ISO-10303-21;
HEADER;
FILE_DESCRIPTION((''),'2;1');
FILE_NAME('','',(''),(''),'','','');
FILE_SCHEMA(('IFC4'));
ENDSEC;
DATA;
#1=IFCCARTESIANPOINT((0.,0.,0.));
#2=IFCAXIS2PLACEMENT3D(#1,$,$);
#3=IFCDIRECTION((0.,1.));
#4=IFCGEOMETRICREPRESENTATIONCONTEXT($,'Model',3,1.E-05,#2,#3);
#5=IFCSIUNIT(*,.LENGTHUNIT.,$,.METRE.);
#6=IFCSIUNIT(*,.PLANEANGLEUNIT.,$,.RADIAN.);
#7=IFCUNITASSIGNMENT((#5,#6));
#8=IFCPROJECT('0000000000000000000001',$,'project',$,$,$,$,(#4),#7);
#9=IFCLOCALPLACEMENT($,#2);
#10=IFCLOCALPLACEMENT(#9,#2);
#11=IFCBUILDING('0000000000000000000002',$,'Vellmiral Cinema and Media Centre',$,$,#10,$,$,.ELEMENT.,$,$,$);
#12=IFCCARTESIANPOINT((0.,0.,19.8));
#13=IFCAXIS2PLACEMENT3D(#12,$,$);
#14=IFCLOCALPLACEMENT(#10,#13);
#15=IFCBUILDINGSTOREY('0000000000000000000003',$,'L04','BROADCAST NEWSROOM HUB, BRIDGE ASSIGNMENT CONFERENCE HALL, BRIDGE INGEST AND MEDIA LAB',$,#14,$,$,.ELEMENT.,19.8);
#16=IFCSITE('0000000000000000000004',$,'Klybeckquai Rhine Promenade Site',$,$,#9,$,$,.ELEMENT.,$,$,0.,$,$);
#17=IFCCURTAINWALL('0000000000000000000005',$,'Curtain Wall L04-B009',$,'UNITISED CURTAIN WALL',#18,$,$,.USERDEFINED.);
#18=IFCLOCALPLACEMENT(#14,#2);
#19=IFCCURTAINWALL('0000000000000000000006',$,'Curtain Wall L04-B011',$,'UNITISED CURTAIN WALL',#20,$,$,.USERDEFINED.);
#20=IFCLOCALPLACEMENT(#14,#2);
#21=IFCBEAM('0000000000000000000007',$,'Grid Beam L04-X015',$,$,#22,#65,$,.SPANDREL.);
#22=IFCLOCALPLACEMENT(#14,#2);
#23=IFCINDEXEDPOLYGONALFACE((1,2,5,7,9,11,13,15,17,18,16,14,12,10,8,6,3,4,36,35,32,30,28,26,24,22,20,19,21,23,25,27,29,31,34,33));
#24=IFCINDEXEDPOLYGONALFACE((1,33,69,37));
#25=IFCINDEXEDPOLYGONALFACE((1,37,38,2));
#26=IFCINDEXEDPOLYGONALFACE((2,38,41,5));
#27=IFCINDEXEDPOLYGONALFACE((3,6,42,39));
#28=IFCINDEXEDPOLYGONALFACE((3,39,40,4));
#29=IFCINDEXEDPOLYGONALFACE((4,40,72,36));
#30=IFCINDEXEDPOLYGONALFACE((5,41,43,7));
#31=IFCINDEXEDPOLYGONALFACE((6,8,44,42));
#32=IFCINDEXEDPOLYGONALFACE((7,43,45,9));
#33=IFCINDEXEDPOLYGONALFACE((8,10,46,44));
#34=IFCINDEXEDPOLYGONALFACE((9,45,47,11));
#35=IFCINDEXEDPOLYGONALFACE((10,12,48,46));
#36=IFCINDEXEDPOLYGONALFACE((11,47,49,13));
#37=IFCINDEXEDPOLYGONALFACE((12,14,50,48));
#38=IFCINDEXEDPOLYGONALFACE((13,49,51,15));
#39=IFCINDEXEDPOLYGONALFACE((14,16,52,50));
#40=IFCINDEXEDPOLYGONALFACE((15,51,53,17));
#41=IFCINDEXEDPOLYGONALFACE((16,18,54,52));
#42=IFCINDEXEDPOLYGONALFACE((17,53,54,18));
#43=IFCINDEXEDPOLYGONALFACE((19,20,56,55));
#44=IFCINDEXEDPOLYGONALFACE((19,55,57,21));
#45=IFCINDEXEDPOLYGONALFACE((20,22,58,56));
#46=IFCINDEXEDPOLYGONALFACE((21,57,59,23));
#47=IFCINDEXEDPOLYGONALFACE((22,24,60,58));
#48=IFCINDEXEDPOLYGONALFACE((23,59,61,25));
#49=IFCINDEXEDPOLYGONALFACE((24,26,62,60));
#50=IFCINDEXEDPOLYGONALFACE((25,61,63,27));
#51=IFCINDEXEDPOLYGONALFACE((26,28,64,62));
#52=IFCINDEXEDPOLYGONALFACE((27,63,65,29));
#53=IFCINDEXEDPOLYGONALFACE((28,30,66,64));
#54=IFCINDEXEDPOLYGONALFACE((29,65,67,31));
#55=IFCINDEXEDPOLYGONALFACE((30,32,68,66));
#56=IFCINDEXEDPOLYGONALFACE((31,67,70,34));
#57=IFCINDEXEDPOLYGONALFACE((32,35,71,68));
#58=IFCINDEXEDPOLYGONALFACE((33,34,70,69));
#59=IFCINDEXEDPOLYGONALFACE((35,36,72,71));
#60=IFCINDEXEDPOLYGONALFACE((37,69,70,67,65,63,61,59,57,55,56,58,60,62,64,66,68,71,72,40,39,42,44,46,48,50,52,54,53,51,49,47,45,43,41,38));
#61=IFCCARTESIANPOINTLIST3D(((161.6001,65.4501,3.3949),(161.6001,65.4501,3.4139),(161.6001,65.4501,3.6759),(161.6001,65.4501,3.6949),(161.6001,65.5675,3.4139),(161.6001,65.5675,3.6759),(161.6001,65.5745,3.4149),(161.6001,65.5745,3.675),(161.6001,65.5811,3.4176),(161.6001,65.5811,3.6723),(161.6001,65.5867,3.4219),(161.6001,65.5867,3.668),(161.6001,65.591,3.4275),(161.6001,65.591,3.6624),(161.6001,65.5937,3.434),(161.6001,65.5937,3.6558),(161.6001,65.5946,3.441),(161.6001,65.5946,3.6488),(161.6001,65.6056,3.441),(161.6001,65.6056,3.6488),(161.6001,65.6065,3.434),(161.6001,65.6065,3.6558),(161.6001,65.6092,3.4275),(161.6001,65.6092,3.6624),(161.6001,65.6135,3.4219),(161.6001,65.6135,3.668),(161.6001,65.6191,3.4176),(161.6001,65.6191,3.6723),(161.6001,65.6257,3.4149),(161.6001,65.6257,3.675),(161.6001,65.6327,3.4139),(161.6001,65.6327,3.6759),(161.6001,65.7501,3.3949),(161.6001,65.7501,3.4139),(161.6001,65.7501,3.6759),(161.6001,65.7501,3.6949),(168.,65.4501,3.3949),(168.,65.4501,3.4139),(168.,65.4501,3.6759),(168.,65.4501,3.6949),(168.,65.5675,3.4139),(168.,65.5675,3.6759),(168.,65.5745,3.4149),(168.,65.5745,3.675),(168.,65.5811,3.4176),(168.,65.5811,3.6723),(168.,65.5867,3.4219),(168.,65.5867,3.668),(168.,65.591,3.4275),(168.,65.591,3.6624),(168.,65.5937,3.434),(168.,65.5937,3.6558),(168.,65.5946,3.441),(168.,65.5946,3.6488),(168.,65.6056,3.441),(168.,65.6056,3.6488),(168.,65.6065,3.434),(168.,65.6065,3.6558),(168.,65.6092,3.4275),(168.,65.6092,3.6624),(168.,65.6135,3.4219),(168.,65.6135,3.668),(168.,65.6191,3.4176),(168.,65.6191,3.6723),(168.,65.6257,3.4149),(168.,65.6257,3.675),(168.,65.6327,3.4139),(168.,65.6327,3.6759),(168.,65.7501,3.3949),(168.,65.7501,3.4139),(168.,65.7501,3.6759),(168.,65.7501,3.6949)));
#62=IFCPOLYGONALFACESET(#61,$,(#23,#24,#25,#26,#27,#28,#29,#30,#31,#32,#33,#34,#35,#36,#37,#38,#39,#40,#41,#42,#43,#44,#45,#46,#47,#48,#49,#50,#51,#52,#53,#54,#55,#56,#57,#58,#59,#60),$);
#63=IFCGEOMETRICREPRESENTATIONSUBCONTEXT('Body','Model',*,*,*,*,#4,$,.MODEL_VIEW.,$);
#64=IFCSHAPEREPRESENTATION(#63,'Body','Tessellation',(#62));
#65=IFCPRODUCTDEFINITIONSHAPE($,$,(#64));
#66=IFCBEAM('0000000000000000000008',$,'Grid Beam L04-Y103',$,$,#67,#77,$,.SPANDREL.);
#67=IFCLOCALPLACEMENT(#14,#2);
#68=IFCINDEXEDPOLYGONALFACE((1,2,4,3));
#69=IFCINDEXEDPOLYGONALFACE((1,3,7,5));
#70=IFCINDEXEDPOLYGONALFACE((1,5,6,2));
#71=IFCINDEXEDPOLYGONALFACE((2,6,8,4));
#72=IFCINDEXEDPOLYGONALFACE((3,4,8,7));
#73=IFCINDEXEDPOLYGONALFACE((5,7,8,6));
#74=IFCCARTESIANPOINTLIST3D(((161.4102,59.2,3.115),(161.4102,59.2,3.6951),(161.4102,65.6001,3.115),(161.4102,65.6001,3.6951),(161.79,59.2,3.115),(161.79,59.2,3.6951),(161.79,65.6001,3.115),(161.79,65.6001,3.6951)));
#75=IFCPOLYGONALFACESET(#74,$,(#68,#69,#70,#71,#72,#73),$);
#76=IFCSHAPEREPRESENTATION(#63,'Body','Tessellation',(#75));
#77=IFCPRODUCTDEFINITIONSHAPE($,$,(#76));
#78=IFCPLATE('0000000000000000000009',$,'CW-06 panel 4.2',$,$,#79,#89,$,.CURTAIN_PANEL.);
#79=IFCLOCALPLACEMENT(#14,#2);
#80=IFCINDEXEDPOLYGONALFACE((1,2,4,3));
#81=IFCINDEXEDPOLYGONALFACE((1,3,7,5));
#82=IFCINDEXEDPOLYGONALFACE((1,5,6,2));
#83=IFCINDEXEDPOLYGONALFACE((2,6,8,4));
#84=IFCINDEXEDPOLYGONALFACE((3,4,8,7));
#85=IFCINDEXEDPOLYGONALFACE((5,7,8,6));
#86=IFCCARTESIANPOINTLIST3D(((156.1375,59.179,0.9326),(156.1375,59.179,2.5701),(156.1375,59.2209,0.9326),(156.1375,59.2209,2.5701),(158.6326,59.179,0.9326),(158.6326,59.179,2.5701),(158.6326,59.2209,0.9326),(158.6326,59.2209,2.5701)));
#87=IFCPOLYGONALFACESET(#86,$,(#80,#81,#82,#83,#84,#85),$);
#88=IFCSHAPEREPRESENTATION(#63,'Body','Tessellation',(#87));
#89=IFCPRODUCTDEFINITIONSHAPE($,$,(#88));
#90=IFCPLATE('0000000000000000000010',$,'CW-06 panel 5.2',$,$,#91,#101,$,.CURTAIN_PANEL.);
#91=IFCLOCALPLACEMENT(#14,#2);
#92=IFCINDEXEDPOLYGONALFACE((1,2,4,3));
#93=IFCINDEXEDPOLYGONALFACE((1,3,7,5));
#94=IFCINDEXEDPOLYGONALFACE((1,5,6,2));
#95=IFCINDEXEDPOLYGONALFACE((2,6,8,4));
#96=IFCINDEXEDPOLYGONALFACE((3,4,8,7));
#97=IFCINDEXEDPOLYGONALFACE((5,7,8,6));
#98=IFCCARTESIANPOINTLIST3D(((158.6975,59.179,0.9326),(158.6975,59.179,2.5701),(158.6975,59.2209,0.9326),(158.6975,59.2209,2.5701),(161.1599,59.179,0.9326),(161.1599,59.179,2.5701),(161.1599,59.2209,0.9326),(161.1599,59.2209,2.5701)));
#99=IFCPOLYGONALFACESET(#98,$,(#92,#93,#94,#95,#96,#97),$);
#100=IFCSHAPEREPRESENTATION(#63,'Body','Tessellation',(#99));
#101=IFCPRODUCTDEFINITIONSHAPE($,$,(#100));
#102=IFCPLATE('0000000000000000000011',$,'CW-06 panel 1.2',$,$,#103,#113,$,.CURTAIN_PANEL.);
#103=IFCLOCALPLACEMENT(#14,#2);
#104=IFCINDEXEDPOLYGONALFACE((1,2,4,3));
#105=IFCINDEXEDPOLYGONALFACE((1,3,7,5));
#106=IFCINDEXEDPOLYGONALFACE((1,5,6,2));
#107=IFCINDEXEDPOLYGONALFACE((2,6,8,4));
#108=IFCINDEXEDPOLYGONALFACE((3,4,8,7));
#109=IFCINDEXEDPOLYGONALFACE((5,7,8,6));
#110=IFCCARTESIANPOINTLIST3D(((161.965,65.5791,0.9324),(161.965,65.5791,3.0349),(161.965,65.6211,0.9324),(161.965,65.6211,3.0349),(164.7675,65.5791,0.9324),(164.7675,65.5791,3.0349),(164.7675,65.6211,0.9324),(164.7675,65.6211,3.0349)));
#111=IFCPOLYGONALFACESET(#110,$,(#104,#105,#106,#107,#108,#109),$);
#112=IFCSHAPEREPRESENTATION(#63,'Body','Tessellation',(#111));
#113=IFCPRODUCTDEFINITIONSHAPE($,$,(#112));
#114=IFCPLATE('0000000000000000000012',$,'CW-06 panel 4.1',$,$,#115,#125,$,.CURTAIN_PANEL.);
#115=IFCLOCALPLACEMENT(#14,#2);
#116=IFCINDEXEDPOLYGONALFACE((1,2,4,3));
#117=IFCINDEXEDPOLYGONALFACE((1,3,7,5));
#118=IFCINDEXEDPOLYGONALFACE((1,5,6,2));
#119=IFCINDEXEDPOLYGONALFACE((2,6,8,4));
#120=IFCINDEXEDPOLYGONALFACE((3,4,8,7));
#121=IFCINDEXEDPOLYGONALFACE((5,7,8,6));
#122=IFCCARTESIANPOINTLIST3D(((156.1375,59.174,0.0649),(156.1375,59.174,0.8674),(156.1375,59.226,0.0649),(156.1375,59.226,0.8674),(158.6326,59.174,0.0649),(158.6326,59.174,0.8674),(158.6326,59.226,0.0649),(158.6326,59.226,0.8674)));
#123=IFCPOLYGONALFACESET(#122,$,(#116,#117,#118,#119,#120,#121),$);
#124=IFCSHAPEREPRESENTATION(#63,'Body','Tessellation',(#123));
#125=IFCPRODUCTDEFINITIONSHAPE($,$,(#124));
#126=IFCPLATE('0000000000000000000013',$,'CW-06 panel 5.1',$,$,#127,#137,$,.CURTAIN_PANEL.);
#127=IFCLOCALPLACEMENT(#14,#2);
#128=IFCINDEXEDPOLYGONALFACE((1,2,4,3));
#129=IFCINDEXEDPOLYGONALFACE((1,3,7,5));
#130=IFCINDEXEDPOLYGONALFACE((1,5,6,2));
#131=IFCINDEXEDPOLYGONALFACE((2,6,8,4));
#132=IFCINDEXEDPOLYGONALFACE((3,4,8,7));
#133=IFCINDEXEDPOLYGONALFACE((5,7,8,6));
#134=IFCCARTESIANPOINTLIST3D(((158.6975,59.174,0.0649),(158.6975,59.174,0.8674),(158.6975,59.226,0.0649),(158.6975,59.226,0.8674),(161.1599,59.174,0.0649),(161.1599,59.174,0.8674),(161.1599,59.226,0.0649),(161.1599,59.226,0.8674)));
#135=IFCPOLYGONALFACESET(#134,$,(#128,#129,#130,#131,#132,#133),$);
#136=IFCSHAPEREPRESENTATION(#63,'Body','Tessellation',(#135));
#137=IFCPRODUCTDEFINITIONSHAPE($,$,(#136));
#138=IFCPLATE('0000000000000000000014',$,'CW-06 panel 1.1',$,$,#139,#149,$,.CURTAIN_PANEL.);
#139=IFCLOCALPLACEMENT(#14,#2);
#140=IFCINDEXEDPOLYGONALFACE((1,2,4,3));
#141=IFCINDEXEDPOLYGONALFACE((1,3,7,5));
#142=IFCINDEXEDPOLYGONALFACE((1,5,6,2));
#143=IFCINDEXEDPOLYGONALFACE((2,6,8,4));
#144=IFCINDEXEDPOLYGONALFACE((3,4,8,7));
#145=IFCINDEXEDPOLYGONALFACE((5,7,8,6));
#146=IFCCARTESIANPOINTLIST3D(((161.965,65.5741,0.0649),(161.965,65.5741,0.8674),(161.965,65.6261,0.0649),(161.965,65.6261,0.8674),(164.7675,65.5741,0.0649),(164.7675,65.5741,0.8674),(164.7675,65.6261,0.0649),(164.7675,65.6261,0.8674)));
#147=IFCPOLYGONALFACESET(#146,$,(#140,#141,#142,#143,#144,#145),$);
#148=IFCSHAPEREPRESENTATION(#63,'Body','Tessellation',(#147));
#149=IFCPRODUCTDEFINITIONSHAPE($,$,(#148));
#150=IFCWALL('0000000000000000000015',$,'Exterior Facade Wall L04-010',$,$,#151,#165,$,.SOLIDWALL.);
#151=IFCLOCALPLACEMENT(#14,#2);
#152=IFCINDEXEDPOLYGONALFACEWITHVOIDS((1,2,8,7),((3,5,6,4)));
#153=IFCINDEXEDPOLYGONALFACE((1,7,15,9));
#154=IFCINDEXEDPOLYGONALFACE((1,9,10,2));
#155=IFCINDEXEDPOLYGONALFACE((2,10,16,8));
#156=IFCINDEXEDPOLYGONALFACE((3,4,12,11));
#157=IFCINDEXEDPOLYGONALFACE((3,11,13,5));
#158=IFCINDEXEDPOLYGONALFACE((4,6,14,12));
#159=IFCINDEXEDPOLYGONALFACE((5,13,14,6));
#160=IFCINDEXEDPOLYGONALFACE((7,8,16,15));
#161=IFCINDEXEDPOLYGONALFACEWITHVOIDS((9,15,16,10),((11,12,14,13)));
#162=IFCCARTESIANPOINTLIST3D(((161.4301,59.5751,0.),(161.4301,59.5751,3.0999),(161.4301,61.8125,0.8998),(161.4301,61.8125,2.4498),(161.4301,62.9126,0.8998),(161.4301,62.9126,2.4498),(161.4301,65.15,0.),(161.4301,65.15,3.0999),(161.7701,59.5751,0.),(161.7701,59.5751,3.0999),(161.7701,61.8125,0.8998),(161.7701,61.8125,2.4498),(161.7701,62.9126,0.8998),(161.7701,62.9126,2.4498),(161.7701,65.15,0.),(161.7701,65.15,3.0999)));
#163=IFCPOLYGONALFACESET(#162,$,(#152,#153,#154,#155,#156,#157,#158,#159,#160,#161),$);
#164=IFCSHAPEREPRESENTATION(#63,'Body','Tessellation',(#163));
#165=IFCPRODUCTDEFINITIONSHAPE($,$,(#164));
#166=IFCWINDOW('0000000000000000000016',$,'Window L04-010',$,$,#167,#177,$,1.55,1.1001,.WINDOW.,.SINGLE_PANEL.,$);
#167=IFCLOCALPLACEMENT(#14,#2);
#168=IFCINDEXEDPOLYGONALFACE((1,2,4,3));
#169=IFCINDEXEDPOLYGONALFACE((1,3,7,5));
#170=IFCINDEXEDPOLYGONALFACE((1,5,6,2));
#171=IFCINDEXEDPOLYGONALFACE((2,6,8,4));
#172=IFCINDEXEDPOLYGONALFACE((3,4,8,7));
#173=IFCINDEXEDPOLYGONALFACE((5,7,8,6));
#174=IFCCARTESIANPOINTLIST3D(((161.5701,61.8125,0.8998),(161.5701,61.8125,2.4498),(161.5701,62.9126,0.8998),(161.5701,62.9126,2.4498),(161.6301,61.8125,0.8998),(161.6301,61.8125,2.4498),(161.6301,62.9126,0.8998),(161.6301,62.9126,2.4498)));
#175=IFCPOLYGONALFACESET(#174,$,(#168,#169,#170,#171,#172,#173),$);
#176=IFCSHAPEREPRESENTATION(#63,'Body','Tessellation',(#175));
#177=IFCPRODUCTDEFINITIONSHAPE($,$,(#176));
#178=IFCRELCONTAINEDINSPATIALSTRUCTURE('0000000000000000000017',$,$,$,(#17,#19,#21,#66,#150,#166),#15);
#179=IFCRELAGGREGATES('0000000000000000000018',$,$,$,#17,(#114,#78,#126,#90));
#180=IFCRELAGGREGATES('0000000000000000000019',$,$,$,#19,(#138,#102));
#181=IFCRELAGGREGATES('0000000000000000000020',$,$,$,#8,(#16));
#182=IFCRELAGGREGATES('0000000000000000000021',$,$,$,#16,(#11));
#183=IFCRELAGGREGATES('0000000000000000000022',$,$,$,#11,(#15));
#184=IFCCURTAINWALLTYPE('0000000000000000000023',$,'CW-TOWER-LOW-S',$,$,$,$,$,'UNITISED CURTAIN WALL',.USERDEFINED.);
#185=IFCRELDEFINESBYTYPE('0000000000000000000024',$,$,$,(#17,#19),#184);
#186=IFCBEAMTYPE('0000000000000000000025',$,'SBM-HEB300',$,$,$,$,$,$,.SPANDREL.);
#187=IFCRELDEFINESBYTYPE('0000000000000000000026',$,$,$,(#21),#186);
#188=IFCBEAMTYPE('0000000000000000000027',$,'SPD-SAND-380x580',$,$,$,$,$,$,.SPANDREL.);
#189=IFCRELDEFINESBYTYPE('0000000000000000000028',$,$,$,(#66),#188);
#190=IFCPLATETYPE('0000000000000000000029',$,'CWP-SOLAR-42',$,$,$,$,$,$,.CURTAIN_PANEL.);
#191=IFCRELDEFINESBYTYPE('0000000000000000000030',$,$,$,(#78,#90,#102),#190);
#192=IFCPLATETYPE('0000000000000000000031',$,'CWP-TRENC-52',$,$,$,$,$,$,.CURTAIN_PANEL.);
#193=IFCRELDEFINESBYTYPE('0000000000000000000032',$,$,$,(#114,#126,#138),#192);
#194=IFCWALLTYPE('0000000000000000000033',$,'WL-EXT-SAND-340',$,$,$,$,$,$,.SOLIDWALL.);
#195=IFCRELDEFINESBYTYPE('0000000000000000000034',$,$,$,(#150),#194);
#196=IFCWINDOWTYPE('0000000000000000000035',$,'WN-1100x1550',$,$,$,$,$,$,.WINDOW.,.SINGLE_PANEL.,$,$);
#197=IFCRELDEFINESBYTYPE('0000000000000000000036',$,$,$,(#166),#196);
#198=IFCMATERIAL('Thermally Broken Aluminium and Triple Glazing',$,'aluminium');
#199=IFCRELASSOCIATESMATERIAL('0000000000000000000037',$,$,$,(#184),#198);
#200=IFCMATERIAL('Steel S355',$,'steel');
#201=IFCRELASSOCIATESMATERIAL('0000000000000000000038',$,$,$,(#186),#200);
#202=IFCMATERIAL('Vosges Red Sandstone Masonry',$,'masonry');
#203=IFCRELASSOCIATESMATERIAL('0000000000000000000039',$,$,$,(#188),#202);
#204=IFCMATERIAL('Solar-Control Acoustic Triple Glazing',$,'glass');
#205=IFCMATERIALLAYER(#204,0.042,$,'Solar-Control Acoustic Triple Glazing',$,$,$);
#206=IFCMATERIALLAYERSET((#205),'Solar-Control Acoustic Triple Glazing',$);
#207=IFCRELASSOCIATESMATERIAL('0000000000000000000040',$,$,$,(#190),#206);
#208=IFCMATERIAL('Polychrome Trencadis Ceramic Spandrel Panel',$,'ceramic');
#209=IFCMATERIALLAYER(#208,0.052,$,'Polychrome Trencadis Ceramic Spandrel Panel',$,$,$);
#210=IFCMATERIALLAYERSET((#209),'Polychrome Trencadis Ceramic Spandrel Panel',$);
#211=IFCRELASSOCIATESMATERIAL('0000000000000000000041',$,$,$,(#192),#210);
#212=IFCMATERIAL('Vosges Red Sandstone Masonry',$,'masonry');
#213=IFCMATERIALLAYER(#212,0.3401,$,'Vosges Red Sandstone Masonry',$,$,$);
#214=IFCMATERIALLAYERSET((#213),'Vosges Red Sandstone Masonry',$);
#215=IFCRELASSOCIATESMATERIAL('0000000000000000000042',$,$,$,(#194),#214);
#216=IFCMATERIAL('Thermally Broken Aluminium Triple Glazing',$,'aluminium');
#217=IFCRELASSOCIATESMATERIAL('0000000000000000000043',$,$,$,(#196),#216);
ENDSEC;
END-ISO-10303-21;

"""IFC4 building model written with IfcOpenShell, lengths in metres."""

from ifc_helpers import new_model, si_unit, direction, frame, frame_2d, origin, origin_2d, place, context, subcontext, project, spatial, rectangle, i_section, extrude, material, layer, layer_set, material_profile, profile_set, type_object, element, fill, aggregate, save


model = new_model("IFC4")

# Units and contexts
model_context = context("Model", 3, precision=1e-05, world=origin(), true_north=direction((0.0, 1.0)))
body_context = subcontext(model_context, "Body", "Model", "MODEL_VIEW")
ifc_project = project(units=[si_unit("LENGTHUNIT", "METRE"), si_unit("PLANEANGLEUNIT", "RADIAN")], contexts=[model_context])

# Site, building, storey
site_placement = place(None, origin())
site = spatial("IfcSite", under=ifc_project, at=site_placement, Name="Klybeckquai Rhine Promenade Site", CompositionType="ELEMENT", RefElevation=0.0)
building_placement = place(site_placement, origin())
building = spatial("IfcBuilding", under=site, at=building_placement, Name="Vellmiral Cinema and Media Centre", CompositionType="ELEMENT")
storey_placement = place(building_placement, frame((0.0, 0.0, 19.8)))
storey = spatial("IfcBuildingStorey", under=building, at=storey_placement, Name="L04", Description="BROADCAST NEWSROOM HUB, BRIDGE ASSIGNMENT CONFERENCE HALL, BRIDGE INGEST AND MEDIA LAB", CompositionType="ELEMENT", Elevation=19.8)

# Curtain wall
ifc_material_1 = material(Name="Thermally Broken Aluminium and Triple Glazing", Category="aluminium")
curtain_wall_type = type_object("IfcCurtainWallType", Name="CW-TOWER-LOW-S", ElementType="UNITISED CURTAIN WALL", PredefinedType="USERDEFINED", material=ifc_material_1)
curtain_wall_1_placement = place(storey_placement, origin())
curtain_wall_1 = element("IfcCurtainWall", 1, at=curtain_wall_1_placement, inside=storey, type_object=curtain_wall_type, Name="Curtain Wall L04-B009", ObjectType="UNITISED CURTAIN WALL", PredefinedType="USERDEFINED")

# Curtain wall
curtain_wall_2_placement = place(storey_placement, origin())
curtain_wall_2 = element("IfcCurtainWall", 2, at=curtain_wall_2_placement, inside=storey, type_object=curtain_wall_type, Name="Curtain Wall L04-B011", ObjectType="UNITISED CURTAIN WALL", PredefinedType="USERDEFINED")

# Beams
ifc_material_2 = material(Name="Steel S355", Category="steel")
ifc_material_profile_1 = material_profile(ifc_material_2, i_section(OverallWidth=0.3, OverallDepth=0.3, WebThickness=0.011, FlangeThickness=0.019, FilletRadius=0.0271, at=origin_2d()), Name="HEB 300")
ifc_profile_set_1 = profile_set([ifc_material_profile_1], Name="Steel S355")
beam_type_1 = type_object("IfcBeamType", Name="SBM-HEB300", PredefinedType="SPANDREL", material=ifc_profile_set_1)
beam_1_placement = place(storey_placement, frame((161.6001, 65.6001, 3.5449), z_axis=(1.0, 0.0, 0.0), x_axis=(0.0, 1.0, 0.0)))
element("IfcBeam", 3, at=beam_1_placement, inside=storey, type_object=beam_type_1, Name="Grid Beam L04-X015", PredefinedType="SPANDREL", context=body_context, shape_type="SweptSolid", body=[
    extrude(i_section(OverallWidth=0.3, OverallDepth=0.3, WebThickness=0.011, FlangeThickness=0.019, FilletRadius=0.0271, at=origin_2d()), origin(), (0.0, 0.0, 1.0), 6.3999),
])
ifc_material_3 = material(Name="Vosges Red Sandstone Masonry", Category="masonry")
ifc_material_profile_2 = material_profile(ifc_material_3, rectangle(XDim=0.3799, YDim=0.5801, at=origin_2d()), Name="SAND 380x580")
ifc_profile_set_2 = profile_set([ifc_material_profile_2], Name="Vosges Red Sandstone Masonry")
beam_type_2 = type_object("IfcBeamType", Name="SPD-SAND-380x580", PredefinedType="SPANDREL", material=ifc_profile_set_2)
beam_2_placement = place(storey_placement, frame((161.6001, 59.2, 3.405), z_axis=(0.0, 1.0, 0.0), x_axis=(-1.0, 0.0, 0.0)))
element("IfcBeam", 4, at=beam_2_placement, inside=storey, type_object=beam_type_2, Name="Grid Beam L04-Y103", PredefinedType="SPANDREL", context=body_context, shape_type="SweptSolid", body=[
    extrude(rectangle(XDim=0.3799, YDim=0.5801, at=origin_2d()), origin(), (0.0, 0.0, 1.0), 6.4001),
])

# Plates
ifc_material_4 = material(Name="Solar-Control Acoustic Triple Glazing", Category="glass")
ifc_layer_1 = layer(ifc_material_4, 0.042, Name="Solar-Control Acoustic Triple Glazing")
ifc_layer_set_1 = layer_set([ifc_layer_1], Name="Solar-Control Acoustic Triple Glazing")
plate_type_1 = type_object("IfcPlateType", Name="CWP-SOLAR-42", PredefinedType="CURTAIN_PANEL", material=ifc_layer_set_1)
plate_1_placement = place(storey_placement, frame((157.385, 59.2, 0.9326), z_axis=(0.0, 0.0, 1.0), x_axis=(1.0, 0.0, 0.0)))
plate_1 = element("IfcPlate", 5, at=plate_1_placement, type_object=plate_type_1, Name="CW-06 panel 4.2", PredefinedType="CURTAIN_PANEL", context=body_context, shape_type="SweptSolid", body=[
    extrude(rectangle(XDim=2.4951, YDim=0.042, at=origin_2d()), origin(), (0.0, 0.0, 1.0), 1.6375),
])
plate_2_placement = place(storey_placement, frame((159.9287, 59.2, 0.9326), z_axis=(0.0, 0.0, 1.0), x_axis=(1.0, 0.0, 0.0)))
plate_2 = element("IfcPlate", 6, at=plate_2_placement, type_object=plate_type_1, Name="CW-06 panel 5.2", PredefinedType="CURTAIN_PANEL", context=body_context, shape_type="SweptSolid", body=[
    extrude(rectangle(XDim=2.4624, YDim=0.042, at=origin_2d()), origin(), (0.0, 0.0, 1.0), 1.6375),
])
plate_3_placement = place(storey_placement, frame((163.3662, 65.6001, 0.9324), z_axis=(0.0, 0.0, 1.0), x_axis=(1.0, 0.0, 0.0)))
plate_3 = element("IfcPlate", 7, at=plate_3_placement, type_object=plate_type_1, Name="CW-06 panel 1.2", PredefinedType="CURTAIN_PANEL", context=body_context, shape_type="SweptSolid", body=[
    extrude(rectangle(XDim=2.8025, YDim=0.042, at=origin_2d()), origin(), (0.0, 0.0, 1.0), 2.1025),
])
ifc_material_5 = material(Name="Polychrome Trencadis Ceramic Spandrel Panel", Category="ceramic")
ifc_layer_2 = layer(ifc_material_5, 0.052, Name="Polychrome Trencadis Ceramic Spandrel Panel")
ifc_layer_set_2 = layer_set([ifc_layer_2], Name="Polychrome Trencadis Ceramic Spandrel Panel")
plate_type_2 = type_object("IfcPlateType", Name="CWP-TRENC-52", PredefinedType="CURTAIN_PANEL", material=ifc_layer_set_2)
plate_4_placement = place(storey_placement, frame((157.385, 59.2, 0.0649), z_axis=(0.0, 0.0, 1.0), x_axis=(1.0, 0.0, 0.0)))
plate_4 = element("IfcPlate", 8, at=plate_4_placement, type_object=plate_type_2, Name="CW-06 panel 4.1", PredefinedType="CURTAIN_PANEL", context=body_context, shape_type="SweptSolid", body=[
    extrude(rectangle(XDim=2.4951, YDim=0.052, at=origin_2d()), origin(), (0.0, 0.0, 1.0), 0.8025),
])
plate_5_placement = place(storey_placement, frame((159.9287, 59.2, 0.0649), z_axis=(0.0, 0.0, 1.0), x_axis=(1.0, 0.0, 0.0)))
plate_5 = element("IfcPlate", 9, at=plate_5_placement, type_object=plate_type_2, Name="CW-06 panel 5.1", PredefinedType="CURTAIN_PANEL", context=body_context, shape_type="SweptSolid", body=[
    extrude(rectangle(XDim=2.4624, YDim=0.052, at=origin_2d()), origin(), (0.0, 0.0, 1.0), 0.8025),
])
aggregate(curtain_wall_1, [plate_4, plate_1, plate_5, plate_2])
plate_6_placement = place(storey_placement, frame((163.3662, 65.6001, 0.0649), z_axis=(0.0, 0.0, 1.0), x_axis=(1.0, 0.0, 0.0)))
plate_6 = element("IfcPlate", 10, at=plate_6_placement, type_object=plate_type_2, Name="CW-06 panel 1.1", PredefinedType="CURTAIN_PANEL", context=body_context, shape_type="SweptSolid", body=[
    extrude(rectangle(XDim=2.8025, YDim=0.052, at=origin_2d()), origin(), (0.0, 0.0, 1.0), 0.8025),
])
aggregate(curtain_wall_2, [plate_6, plate_3])

# Wall, opening, window
ifc_material_6 = material(Name="Vosges Red Sandstone Masonry", Category="masonry")
ifc_layer_3 = layer(ifc_material_6, 0.3401, Name="Vosges Red Sandstone Masonry")
ifc_layer_set_3 = layer_set([ifc_layer_3], Name="Vosges Red Sandstone Masonry")
wall_type_1 = type_object("IfcWallType", Name="WL-EXT-SAND-340", PredefinedType="SOLIDWALL", material=ifc_layer_set_3)
wall_1_placement = place(storey_placement, frame((161.6001, 59.575, 0.0), z_axis=(0.0, 0.0, 1.0), x_axis=(0.0, 1.0, 0.0)))
wall_1 = element("IfcWall", 11, at=wall_1_placement, inside=storey, type_object=wall_type_1, Name="Exterior Facade Wall L04-010", PredefinedType="SOLIDWALL", context=body_context, shape_type="SweptSolid", body=[
    extrude(rectangle(XDim=5.575, YDim=0.3401, at=frame_2d((2.7876, 0.0))), origin(), (0.0, 0.0, 1.0), 3.0999),
])
opening_placement = place(wall_1_placement, frame((2.2375, 0.0, 0.8999)))
opening = element("IfcOpeningElement", 12, at=opening_placement, cuts=wall_1, PredefinedType="OPENING", context=body_context, shape_type="SweptSolid", body=[
    extrude(rectangle(XDim=1.1001, YDim=1.55, at=frame_2d((0.55, 0.7749))), frame((0.0, 0.1821, 0.0), z_axis=(0.0, -1.0, 0.0), x_axis=(1.0, 0.0, 0.0)), (0.0, 0.0, 1.0), 0.364),
])
ifc_material_7 = material(Name="Thermally Broken Aluminium Triple Glazing", Category="aluminium")
window_type = type_object("IfcWindowType", Name="WN-1100x1550", PartitioningType="SINGLE_PANEL", PredefinedType="WINDOW", material=ifc_material_7)
window_placement = place(opening_placement, origin())
window = element("IfcWindow", 13, at=window_placement, inside=storey, type_object=window_type, Name="Window L04-010", OverallHeight=1.55, OverallWidth=1.1001, PartitioningType="SINGLE_PANEL", PredefinedType="WINDOW", context=body_context, shape_type="SweptSolid", body=[
    extrude(rectangle(XDim=1.1001, YDim=1.55, at=frame_2d((0.55, 0.7749))), frame((0.0, 0.03, 0.0), z_axis=(0.0, -1.0, 0.0), x_axis=(1.0, 0.0, 0.0)), (0.0, 0.0, 1.0), 0.0601),
])
fill(opening, window)

save(model, "model.ifc")
